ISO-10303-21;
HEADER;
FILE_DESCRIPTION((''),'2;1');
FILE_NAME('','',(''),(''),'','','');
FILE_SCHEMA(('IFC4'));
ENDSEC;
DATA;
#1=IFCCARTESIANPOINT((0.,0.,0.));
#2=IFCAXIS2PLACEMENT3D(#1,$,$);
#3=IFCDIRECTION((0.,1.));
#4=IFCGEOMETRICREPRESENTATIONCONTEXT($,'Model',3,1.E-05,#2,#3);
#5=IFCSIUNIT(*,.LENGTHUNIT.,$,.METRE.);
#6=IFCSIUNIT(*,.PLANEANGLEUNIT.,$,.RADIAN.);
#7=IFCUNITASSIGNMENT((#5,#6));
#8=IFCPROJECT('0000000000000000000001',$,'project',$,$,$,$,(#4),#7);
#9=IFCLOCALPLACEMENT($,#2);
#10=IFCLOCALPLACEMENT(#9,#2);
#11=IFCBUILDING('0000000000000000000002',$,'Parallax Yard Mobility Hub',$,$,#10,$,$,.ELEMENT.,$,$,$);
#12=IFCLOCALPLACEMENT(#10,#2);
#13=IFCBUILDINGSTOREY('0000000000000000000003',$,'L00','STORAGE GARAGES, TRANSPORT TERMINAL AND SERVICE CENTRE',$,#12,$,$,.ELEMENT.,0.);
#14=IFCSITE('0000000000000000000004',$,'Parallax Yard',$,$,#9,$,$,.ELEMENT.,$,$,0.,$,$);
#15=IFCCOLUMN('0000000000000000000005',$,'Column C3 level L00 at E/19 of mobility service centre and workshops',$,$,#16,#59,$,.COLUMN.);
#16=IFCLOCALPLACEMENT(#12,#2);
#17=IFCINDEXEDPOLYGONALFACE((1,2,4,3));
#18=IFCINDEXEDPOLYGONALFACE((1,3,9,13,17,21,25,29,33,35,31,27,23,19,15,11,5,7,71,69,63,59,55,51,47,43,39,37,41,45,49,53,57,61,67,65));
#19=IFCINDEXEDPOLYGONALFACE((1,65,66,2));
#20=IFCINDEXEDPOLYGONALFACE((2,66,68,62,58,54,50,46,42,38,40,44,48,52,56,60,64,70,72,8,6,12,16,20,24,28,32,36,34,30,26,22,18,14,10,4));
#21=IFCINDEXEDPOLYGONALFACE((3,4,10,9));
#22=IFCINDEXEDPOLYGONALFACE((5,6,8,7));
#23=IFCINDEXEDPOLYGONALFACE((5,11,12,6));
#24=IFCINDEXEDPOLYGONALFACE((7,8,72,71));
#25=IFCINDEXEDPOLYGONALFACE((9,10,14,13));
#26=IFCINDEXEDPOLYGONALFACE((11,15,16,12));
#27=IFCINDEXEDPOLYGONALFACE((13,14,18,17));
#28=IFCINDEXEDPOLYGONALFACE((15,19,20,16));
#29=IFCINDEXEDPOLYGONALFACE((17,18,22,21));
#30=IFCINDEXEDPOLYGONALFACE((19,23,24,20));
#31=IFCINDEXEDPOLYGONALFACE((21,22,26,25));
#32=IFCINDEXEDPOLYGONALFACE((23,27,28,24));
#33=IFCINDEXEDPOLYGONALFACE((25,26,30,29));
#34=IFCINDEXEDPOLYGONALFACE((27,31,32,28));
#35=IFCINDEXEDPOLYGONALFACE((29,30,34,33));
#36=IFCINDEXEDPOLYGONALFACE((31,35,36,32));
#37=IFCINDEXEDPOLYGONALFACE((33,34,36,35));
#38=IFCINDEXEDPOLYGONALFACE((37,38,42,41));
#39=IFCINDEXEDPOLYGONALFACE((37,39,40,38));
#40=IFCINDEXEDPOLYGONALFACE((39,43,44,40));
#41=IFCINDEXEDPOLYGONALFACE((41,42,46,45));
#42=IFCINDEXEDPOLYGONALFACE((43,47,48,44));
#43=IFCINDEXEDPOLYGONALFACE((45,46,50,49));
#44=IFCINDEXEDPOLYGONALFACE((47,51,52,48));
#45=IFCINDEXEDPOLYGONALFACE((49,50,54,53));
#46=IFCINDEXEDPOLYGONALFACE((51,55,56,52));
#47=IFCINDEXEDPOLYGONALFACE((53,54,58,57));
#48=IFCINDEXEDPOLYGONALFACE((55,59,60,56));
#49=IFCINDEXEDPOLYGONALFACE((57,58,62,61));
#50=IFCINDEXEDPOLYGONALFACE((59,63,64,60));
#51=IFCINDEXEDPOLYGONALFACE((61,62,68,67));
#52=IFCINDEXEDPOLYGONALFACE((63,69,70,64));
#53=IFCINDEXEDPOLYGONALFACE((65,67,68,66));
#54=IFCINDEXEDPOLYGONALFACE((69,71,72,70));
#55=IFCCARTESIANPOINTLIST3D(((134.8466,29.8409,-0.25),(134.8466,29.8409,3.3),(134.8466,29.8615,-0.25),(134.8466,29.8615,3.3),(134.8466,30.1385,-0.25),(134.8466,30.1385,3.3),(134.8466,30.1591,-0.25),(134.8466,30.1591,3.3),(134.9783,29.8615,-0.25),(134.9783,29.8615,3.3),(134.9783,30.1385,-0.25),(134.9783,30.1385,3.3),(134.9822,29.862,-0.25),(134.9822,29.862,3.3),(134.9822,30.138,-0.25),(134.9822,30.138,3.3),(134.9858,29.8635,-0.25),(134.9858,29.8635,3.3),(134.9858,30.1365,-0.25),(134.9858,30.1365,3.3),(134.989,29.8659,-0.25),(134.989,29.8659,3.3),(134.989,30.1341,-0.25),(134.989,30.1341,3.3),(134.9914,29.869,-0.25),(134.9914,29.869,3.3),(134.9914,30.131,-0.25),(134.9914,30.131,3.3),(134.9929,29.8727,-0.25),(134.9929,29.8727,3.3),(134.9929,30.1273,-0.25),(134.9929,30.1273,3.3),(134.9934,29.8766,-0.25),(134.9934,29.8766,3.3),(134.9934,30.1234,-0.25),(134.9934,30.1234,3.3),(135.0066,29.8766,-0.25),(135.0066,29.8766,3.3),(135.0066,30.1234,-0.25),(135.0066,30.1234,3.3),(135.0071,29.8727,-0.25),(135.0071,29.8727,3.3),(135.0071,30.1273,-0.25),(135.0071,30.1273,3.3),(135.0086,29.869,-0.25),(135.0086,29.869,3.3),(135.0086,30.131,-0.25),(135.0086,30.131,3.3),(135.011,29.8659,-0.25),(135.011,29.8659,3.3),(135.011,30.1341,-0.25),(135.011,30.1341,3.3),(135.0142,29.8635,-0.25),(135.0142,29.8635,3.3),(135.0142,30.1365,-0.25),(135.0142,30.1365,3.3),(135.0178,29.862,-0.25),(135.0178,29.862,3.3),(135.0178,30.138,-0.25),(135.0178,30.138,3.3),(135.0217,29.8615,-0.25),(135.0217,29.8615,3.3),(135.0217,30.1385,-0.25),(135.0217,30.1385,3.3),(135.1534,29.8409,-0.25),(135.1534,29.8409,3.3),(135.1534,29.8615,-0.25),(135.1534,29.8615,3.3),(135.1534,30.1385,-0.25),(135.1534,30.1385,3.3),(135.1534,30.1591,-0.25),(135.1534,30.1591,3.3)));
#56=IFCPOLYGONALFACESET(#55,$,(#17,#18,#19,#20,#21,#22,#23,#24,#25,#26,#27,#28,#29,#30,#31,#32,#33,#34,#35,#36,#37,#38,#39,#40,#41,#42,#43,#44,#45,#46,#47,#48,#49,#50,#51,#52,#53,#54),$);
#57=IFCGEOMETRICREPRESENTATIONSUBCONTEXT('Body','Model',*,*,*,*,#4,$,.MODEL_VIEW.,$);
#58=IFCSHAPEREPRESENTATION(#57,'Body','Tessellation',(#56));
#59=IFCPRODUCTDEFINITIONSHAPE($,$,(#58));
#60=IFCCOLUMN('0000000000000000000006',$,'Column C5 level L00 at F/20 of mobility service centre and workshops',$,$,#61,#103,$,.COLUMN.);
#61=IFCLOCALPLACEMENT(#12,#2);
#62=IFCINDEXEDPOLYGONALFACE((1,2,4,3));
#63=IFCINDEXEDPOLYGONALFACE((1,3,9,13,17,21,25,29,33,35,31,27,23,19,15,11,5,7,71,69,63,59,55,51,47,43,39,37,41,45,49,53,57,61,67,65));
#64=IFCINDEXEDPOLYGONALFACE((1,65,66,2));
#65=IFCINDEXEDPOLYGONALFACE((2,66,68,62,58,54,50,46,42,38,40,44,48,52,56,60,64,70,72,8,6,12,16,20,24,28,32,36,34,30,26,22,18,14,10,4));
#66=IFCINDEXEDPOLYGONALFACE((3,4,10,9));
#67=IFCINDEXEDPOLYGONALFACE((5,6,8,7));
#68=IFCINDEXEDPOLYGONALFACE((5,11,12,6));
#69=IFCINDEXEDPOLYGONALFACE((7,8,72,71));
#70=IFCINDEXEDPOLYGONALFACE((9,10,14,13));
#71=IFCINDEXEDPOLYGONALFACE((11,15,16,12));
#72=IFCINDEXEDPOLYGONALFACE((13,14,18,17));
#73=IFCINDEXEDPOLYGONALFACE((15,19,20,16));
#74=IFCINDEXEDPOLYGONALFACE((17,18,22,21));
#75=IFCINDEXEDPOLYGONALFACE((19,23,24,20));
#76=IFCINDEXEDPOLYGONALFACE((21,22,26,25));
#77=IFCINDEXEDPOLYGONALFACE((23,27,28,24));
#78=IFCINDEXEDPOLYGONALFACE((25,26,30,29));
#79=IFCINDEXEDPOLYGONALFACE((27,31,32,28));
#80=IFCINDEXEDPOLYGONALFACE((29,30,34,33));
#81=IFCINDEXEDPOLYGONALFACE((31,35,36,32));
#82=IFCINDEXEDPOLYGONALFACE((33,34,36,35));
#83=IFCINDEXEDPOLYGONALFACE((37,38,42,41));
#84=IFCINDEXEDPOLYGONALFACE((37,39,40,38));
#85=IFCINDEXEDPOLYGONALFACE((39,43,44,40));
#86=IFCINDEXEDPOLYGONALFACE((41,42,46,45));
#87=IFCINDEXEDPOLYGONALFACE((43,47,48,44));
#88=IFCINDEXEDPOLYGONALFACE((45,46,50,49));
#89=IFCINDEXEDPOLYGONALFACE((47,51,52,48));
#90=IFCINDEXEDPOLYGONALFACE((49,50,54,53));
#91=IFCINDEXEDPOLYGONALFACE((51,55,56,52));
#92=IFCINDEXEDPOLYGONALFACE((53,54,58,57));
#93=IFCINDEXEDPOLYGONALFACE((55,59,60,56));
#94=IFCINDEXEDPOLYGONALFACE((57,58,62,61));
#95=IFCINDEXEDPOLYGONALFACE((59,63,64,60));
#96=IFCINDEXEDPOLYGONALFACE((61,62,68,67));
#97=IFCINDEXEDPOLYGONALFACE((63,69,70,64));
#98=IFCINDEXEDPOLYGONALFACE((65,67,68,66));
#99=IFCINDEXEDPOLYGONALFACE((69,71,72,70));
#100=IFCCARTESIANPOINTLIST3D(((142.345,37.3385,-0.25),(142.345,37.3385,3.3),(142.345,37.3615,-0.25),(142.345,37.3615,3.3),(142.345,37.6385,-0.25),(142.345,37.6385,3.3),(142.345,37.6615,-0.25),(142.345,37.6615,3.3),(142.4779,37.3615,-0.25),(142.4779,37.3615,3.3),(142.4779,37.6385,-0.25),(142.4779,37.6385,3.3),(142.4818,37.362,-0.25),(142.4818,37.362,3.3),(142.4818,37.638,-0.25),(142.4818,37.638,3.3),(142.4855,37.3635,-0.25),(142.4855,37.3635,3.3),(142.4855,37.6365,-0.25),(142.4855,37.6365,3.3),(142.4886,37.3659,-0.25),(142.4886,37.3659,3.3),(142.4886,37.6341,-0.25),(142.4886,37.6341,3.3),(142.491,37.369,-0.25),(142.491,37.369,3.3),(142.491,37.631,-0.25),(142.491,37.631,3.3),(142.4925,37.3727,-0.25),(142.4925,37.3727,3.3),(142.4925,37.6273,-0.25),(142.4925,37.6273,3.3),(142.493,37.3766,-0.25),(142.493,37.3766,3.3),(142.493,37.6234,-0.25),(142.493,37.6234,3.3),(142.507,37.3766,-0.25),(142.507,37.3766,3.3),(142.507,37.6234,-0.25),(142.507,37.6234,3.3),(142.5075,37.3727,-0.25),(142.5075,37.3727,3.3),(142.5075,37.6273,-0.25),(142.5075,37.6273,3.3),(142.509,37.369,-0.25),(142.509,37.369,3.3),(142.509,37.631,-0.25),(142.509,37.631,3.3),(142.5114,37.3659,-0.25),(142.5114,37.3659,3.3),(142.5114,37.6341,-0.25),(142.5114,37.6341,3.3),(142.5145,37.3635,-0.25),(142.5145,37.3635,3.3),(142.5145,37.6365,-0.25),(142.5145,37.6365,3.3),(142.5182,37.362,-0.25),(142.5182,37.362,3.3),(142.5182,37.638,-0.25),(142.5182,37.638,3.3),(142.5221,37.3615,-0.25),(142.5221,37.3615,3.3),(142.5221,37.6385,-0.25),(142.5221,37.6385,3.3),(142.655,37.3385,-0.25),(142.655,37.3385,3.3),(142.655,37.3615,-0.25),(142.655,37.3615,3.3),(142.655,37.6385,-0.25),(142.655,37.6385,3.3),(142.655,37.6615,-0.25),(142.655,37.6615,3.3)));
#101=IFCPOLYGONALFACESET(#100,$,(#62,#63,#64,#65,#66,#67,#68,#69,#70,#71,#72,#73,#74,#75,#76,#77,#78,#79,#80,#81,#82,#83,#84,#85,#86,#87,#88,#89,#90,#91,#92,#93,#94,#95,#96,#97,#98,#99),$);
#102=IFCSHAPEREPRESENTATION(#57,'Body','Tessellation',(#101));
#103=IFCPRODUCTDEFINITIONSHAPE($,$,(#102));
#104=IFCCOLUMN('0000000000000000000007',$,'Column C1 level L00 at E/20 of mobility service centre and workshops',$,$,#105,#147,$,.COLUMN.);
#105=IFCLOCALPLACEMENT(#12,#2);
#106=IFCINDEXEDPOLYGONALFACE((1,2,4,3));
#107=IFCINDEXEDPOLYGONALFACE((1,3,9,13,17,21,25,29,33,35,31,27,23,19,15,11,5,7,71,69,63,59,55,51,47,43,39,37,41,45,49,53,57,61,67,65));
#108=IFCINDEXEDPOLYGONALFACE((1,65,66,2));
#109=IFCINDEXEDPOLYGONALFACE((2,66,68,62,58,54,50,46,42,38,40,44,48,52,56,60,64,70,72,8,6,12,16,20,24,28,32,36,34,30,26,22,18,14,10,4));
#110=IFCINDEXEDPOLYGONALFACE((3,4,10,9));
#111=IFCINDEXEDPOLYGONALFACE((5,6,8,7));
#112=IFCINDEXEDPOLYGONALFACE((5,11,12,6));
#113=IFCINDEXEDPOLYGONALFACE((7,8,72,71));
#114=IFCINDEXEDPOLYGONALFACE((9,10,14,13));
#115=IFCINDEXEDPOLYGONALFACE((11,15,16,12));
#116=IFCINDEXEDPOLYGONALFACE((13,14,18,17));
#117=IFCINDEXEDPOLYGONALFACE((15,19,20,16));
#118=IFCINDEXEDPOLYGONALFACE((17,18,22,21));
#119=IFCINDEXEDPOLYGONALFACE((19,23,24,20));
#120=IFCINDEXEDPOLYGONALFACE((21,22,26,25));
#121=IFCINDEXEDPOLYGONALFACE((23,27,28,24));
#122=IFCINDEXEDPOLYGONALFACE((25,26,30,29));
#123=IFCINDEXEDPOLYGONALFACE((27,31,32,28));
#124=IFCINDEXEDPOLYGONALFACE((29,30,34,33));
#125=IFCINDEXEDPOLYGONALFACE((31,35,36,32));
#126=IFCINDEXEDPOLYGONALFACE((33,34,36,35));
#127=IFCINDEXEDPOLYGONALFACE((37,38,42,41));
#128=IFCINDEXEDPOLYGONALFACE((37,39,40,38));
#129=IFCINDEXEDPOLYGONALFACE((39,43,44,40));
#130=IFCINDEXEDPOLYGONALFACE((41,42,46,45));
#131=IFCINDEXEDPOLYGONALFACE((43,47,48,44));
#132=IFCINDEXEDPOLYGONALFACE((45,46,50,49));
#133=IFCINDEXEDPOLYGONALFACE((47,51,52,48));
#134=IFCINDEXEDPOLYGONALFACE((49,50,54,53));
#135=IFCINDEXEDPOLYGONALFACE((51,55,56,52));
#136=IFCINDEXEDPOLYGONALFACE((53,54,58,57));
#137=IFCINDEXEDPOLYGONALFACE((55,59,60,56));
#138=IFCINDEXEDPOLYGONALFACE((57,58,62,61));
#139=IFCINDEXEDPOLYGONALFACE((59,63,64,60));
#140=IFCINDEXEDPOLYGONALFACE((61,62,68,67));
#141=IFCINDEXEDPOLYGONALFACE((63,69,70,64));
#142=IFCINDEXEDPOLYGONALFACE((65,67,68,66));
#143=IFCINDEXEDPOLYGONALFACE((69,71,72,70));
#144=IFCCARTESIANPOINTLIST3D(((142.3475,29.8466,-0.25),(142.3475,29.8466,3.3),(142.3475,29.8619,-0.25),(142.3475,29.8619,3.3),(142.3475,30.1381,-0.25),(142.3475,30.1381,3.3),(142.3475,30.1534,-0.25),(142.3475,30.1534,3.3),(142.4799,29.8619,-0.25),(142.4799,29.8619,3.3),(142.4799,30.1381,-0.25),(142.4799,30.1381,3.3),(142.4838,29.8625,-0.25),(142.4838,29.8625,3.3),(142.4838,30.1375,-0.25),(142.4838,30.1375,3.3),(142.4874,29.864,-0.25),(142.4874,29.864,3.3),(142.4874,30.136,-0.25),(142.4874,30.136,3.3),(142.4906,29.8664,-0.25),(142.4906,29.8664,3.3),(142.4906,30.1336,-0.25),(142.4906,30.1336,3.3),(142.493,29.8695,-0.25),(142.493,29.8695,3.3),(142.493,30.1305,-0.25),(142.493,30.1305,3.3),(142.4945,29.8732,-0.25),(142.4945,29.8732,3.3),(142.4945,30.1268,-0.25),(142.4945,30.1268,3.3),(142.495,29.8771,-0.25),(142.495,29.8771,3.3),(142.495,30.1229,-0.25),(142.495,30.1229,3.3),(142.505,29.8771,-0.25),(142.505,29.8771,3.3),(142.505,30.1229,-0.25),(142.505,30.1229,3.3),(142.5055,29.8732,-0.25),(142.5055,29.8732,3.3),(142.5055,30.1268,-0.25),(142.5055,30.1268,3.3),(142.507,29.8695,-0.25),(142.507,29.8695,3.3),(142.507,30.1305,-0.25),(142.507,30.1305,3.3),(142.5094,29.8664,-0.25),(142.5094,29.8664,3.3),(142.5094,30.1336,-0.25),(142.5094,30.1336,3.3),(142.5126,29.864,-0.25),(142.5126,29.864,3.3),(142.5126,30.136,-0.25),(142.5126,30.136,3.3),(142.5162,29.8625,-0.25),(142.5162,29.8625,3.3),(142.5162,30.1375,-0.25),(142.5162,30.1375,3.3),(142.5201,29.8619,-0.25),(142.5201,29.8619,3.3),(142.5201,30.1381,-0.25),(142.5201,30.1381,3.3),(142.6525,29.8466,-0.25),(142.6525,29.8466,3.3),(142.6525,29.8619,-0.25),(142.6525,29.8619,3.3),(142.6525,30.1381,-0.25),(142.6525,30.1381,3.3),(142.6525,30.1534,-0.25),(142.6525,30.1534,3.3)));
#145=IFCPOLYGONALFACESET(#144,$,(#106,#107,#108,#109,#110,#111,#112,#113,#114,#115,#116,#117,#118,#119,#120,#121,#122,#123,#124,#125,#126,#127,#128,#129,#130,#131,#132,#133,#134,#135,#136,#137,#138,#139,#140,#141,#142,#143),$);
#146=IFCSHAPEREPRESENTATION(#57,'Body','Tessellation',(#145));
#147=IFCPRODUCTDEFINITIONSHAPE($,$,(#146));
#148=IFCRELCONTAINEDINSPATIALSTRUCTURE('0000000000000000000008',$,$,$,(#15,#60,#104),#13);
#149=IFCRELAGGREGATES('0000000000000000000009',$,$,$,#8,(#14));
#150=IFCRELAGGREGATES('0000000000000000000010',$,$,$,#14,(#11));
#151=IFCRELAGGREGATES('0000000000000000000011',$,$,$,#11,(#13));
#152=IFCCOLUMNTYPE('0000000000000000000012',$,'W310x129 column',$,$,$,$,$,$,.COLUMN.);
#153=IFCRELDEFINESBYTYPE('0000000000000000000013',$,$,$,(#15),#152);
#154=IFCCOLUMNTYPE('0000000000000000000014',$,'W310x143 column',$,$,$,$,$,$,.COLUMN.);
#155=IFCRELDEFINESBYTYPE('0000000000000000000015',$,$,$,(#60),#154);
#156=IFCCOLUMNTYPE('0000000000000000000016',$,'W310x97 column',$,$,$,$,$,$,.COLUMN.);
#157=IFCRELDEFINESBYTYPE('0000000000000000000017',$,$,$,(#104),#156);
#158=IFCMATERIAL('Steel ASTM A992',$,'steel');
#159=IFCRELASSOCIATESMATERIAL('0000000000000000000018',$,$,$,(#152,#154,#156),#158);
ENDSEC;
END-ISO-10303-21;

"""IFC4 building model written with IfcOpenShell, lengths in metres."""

from ifc_helpers import new_model, si_unit, direction, frame, origin, origin_2d, place, context, subcontext, project, spatial, i_section, extrude, material, material_profile, profile_set, type_object, element, save


model = new_model("IFC4")

# Units and contexts
model_context = context("Model", 3, precision=1e-05, world=origin(), true_north=direction((0.0, 1.0)))
body_context = subcontext(model_context, "Body", "Model", "MODEL_VIEW")
ifc_project = project(units=[si_unit("LENGTHUNIT", "METRE"), si_unit("PLANEANGLEUNIT", "RADIAN")], contexts=[model_context])

# Site, building, storey
site_placement = place(None, origin())
site = spatial("IfcSite", under=ifc_project, at=site_placement, Name="Parallax Yard", CompositionType="ELEMENT", RefElevation=0.0)
building_placement = place(site_placement, origin())
building = spatial("IfcBuilding", under=site, at=building_placement, Name="Parallax Yard Mobility Hub", CompositionType="ELEMENT")
storey_placement = place(building_placement, origin())
storey = spatial("IfcBuildingStorey", under=building, at=storey_placement, Name="L00", Description="STORAGE GARAGES, TRANSPORT TERMINAL AND SERVICE CENTRE", CompositionType="ELEMENT", Elevation=0.0)

# Columns
ifc_material_1 = material(Name="Steel ASTM A992", Category="steel")
ifc_material_profile_1 = material_profile(ifc_material_1, i_section(OverallWidth=0.3069, OverallDepth=0.3181, WebThickness=0.0132, FlangeThickness=0.0205, FilletRadius=0.0151, at=origin_2d()), Name="W310x129")
ifc_profile_set_1 = profile_set([ifc_material_profile_1], Name="Steel ASTM A992")
column_type_1 = type_object("IfcColumnType", Name="W310x129 column", PredefinedType="COLUMN", material=ifc_profile_set_1)
column_1_placement = place(storey_placement, frame((135.0, 30.0, -0.25), z_axis=(0.0, 0.0, 1.0), x_axis=(1.0, 0.0, 0.0)))
element("IfcColumn", 1, at=column_1_placement, inside=storey, type_object=column_type_1, Name="Column C3 level L00 at E/19 of mobility service centre and workshops", PredefinedType="COLUMN", context=body_context, shape_type="SweptSolid", body=[
    extrude(i_section(OverallWidth=0.3069, OverallDepth=0.3181, WebThickness=0.0132, FlangeThickness=0.0205, FilletRadius=0.0151, at=origin_2d()), origin(), (0.0, 0.0, 1.0), 3.55),
])
ifc_material_profile_2 = material_profile(ifc_material_1, i_section(OverallWidth=0.3101, OverallDepth=0.323, WebThickness=0.0139, FlangeThickness=0.0229, FilletRadius=0.0151, at=origin_2d()), Name="W310x143")
ifc_profile_set_2 = profile_set([ifc_material_profile_2], Name="Steel ASTM A992")
column_type_2 = type_object("IfcColumnType", Name="W310x143 column", PredefinedType="COLUMN", material=ifc_profile_set_2)
column_2_placement = place(storey_placement, frame((142.5, 37.5, -0.25), z_axis=(0.0, 0.0, 1.0), x_axis=(1.0, 0.0, 0.0)))
element("IfcColumn", 2, at=column_2_placement, inside=storey, type_object=column_type_2, Name="Column C5 level L00 at F/20 of mobility service centre and workshops", PredefinedType="COLUMN", context=body_context, shape_type="SweptSolid", body=[
    extrude(i_section(OverallWidth=0.3101, OverallDepth=0.323, WebThickness=0.0139, FlangeThickness=0.0229, FilletRadius=0.0151, at=origin_2d()), origin(), (0.0, 0.0, 1.0), 3.55),
])
ifc_material_profile_3 = material_profile(ifc_material_1, i_section(OverallWidth=0.3049, OverallDepth=0.3069, WebThickness=0.01, FlangeThickness=0.0154, FilletRadius=0.0151, at=origin_2d()), Name="W310x97")
ifc_profile_set_3 = profile_set([ifc_material_profile_3], Name="Steel ASTM A992")
column_type_3 = type_object("IfcColumnType", Name="W310x97 column", PredefinedType="COLUMN", material=ifc_profile_set_3)
column_3_placement = place(storey_placement, frame((142.5, 30.0, -0.25), z_axis=(0.0, 0.0, 1.0), x_axis=(1.0, 0.0, 0.0)))
element("IfcColumn", 3, at=column_3_placement, inside=storey, type_object=column_type_3, Name="Column C1 level L00 at E/20 of mobility service centre and workshops", PredefinedType="COLUMN", context=body_context, shape_type="SweptSolid", body=[
    extrude(i_section(OverallWidth=0.3049, OverallDepth=0.3069, WebThickness=0.01, FlangeThickness=0.0154, FilletRadius=0.0151, at=origin_2d()), origin(), (0.0, 0.0, 1.0), 3.55),
])

save(model, "model.ifc")
